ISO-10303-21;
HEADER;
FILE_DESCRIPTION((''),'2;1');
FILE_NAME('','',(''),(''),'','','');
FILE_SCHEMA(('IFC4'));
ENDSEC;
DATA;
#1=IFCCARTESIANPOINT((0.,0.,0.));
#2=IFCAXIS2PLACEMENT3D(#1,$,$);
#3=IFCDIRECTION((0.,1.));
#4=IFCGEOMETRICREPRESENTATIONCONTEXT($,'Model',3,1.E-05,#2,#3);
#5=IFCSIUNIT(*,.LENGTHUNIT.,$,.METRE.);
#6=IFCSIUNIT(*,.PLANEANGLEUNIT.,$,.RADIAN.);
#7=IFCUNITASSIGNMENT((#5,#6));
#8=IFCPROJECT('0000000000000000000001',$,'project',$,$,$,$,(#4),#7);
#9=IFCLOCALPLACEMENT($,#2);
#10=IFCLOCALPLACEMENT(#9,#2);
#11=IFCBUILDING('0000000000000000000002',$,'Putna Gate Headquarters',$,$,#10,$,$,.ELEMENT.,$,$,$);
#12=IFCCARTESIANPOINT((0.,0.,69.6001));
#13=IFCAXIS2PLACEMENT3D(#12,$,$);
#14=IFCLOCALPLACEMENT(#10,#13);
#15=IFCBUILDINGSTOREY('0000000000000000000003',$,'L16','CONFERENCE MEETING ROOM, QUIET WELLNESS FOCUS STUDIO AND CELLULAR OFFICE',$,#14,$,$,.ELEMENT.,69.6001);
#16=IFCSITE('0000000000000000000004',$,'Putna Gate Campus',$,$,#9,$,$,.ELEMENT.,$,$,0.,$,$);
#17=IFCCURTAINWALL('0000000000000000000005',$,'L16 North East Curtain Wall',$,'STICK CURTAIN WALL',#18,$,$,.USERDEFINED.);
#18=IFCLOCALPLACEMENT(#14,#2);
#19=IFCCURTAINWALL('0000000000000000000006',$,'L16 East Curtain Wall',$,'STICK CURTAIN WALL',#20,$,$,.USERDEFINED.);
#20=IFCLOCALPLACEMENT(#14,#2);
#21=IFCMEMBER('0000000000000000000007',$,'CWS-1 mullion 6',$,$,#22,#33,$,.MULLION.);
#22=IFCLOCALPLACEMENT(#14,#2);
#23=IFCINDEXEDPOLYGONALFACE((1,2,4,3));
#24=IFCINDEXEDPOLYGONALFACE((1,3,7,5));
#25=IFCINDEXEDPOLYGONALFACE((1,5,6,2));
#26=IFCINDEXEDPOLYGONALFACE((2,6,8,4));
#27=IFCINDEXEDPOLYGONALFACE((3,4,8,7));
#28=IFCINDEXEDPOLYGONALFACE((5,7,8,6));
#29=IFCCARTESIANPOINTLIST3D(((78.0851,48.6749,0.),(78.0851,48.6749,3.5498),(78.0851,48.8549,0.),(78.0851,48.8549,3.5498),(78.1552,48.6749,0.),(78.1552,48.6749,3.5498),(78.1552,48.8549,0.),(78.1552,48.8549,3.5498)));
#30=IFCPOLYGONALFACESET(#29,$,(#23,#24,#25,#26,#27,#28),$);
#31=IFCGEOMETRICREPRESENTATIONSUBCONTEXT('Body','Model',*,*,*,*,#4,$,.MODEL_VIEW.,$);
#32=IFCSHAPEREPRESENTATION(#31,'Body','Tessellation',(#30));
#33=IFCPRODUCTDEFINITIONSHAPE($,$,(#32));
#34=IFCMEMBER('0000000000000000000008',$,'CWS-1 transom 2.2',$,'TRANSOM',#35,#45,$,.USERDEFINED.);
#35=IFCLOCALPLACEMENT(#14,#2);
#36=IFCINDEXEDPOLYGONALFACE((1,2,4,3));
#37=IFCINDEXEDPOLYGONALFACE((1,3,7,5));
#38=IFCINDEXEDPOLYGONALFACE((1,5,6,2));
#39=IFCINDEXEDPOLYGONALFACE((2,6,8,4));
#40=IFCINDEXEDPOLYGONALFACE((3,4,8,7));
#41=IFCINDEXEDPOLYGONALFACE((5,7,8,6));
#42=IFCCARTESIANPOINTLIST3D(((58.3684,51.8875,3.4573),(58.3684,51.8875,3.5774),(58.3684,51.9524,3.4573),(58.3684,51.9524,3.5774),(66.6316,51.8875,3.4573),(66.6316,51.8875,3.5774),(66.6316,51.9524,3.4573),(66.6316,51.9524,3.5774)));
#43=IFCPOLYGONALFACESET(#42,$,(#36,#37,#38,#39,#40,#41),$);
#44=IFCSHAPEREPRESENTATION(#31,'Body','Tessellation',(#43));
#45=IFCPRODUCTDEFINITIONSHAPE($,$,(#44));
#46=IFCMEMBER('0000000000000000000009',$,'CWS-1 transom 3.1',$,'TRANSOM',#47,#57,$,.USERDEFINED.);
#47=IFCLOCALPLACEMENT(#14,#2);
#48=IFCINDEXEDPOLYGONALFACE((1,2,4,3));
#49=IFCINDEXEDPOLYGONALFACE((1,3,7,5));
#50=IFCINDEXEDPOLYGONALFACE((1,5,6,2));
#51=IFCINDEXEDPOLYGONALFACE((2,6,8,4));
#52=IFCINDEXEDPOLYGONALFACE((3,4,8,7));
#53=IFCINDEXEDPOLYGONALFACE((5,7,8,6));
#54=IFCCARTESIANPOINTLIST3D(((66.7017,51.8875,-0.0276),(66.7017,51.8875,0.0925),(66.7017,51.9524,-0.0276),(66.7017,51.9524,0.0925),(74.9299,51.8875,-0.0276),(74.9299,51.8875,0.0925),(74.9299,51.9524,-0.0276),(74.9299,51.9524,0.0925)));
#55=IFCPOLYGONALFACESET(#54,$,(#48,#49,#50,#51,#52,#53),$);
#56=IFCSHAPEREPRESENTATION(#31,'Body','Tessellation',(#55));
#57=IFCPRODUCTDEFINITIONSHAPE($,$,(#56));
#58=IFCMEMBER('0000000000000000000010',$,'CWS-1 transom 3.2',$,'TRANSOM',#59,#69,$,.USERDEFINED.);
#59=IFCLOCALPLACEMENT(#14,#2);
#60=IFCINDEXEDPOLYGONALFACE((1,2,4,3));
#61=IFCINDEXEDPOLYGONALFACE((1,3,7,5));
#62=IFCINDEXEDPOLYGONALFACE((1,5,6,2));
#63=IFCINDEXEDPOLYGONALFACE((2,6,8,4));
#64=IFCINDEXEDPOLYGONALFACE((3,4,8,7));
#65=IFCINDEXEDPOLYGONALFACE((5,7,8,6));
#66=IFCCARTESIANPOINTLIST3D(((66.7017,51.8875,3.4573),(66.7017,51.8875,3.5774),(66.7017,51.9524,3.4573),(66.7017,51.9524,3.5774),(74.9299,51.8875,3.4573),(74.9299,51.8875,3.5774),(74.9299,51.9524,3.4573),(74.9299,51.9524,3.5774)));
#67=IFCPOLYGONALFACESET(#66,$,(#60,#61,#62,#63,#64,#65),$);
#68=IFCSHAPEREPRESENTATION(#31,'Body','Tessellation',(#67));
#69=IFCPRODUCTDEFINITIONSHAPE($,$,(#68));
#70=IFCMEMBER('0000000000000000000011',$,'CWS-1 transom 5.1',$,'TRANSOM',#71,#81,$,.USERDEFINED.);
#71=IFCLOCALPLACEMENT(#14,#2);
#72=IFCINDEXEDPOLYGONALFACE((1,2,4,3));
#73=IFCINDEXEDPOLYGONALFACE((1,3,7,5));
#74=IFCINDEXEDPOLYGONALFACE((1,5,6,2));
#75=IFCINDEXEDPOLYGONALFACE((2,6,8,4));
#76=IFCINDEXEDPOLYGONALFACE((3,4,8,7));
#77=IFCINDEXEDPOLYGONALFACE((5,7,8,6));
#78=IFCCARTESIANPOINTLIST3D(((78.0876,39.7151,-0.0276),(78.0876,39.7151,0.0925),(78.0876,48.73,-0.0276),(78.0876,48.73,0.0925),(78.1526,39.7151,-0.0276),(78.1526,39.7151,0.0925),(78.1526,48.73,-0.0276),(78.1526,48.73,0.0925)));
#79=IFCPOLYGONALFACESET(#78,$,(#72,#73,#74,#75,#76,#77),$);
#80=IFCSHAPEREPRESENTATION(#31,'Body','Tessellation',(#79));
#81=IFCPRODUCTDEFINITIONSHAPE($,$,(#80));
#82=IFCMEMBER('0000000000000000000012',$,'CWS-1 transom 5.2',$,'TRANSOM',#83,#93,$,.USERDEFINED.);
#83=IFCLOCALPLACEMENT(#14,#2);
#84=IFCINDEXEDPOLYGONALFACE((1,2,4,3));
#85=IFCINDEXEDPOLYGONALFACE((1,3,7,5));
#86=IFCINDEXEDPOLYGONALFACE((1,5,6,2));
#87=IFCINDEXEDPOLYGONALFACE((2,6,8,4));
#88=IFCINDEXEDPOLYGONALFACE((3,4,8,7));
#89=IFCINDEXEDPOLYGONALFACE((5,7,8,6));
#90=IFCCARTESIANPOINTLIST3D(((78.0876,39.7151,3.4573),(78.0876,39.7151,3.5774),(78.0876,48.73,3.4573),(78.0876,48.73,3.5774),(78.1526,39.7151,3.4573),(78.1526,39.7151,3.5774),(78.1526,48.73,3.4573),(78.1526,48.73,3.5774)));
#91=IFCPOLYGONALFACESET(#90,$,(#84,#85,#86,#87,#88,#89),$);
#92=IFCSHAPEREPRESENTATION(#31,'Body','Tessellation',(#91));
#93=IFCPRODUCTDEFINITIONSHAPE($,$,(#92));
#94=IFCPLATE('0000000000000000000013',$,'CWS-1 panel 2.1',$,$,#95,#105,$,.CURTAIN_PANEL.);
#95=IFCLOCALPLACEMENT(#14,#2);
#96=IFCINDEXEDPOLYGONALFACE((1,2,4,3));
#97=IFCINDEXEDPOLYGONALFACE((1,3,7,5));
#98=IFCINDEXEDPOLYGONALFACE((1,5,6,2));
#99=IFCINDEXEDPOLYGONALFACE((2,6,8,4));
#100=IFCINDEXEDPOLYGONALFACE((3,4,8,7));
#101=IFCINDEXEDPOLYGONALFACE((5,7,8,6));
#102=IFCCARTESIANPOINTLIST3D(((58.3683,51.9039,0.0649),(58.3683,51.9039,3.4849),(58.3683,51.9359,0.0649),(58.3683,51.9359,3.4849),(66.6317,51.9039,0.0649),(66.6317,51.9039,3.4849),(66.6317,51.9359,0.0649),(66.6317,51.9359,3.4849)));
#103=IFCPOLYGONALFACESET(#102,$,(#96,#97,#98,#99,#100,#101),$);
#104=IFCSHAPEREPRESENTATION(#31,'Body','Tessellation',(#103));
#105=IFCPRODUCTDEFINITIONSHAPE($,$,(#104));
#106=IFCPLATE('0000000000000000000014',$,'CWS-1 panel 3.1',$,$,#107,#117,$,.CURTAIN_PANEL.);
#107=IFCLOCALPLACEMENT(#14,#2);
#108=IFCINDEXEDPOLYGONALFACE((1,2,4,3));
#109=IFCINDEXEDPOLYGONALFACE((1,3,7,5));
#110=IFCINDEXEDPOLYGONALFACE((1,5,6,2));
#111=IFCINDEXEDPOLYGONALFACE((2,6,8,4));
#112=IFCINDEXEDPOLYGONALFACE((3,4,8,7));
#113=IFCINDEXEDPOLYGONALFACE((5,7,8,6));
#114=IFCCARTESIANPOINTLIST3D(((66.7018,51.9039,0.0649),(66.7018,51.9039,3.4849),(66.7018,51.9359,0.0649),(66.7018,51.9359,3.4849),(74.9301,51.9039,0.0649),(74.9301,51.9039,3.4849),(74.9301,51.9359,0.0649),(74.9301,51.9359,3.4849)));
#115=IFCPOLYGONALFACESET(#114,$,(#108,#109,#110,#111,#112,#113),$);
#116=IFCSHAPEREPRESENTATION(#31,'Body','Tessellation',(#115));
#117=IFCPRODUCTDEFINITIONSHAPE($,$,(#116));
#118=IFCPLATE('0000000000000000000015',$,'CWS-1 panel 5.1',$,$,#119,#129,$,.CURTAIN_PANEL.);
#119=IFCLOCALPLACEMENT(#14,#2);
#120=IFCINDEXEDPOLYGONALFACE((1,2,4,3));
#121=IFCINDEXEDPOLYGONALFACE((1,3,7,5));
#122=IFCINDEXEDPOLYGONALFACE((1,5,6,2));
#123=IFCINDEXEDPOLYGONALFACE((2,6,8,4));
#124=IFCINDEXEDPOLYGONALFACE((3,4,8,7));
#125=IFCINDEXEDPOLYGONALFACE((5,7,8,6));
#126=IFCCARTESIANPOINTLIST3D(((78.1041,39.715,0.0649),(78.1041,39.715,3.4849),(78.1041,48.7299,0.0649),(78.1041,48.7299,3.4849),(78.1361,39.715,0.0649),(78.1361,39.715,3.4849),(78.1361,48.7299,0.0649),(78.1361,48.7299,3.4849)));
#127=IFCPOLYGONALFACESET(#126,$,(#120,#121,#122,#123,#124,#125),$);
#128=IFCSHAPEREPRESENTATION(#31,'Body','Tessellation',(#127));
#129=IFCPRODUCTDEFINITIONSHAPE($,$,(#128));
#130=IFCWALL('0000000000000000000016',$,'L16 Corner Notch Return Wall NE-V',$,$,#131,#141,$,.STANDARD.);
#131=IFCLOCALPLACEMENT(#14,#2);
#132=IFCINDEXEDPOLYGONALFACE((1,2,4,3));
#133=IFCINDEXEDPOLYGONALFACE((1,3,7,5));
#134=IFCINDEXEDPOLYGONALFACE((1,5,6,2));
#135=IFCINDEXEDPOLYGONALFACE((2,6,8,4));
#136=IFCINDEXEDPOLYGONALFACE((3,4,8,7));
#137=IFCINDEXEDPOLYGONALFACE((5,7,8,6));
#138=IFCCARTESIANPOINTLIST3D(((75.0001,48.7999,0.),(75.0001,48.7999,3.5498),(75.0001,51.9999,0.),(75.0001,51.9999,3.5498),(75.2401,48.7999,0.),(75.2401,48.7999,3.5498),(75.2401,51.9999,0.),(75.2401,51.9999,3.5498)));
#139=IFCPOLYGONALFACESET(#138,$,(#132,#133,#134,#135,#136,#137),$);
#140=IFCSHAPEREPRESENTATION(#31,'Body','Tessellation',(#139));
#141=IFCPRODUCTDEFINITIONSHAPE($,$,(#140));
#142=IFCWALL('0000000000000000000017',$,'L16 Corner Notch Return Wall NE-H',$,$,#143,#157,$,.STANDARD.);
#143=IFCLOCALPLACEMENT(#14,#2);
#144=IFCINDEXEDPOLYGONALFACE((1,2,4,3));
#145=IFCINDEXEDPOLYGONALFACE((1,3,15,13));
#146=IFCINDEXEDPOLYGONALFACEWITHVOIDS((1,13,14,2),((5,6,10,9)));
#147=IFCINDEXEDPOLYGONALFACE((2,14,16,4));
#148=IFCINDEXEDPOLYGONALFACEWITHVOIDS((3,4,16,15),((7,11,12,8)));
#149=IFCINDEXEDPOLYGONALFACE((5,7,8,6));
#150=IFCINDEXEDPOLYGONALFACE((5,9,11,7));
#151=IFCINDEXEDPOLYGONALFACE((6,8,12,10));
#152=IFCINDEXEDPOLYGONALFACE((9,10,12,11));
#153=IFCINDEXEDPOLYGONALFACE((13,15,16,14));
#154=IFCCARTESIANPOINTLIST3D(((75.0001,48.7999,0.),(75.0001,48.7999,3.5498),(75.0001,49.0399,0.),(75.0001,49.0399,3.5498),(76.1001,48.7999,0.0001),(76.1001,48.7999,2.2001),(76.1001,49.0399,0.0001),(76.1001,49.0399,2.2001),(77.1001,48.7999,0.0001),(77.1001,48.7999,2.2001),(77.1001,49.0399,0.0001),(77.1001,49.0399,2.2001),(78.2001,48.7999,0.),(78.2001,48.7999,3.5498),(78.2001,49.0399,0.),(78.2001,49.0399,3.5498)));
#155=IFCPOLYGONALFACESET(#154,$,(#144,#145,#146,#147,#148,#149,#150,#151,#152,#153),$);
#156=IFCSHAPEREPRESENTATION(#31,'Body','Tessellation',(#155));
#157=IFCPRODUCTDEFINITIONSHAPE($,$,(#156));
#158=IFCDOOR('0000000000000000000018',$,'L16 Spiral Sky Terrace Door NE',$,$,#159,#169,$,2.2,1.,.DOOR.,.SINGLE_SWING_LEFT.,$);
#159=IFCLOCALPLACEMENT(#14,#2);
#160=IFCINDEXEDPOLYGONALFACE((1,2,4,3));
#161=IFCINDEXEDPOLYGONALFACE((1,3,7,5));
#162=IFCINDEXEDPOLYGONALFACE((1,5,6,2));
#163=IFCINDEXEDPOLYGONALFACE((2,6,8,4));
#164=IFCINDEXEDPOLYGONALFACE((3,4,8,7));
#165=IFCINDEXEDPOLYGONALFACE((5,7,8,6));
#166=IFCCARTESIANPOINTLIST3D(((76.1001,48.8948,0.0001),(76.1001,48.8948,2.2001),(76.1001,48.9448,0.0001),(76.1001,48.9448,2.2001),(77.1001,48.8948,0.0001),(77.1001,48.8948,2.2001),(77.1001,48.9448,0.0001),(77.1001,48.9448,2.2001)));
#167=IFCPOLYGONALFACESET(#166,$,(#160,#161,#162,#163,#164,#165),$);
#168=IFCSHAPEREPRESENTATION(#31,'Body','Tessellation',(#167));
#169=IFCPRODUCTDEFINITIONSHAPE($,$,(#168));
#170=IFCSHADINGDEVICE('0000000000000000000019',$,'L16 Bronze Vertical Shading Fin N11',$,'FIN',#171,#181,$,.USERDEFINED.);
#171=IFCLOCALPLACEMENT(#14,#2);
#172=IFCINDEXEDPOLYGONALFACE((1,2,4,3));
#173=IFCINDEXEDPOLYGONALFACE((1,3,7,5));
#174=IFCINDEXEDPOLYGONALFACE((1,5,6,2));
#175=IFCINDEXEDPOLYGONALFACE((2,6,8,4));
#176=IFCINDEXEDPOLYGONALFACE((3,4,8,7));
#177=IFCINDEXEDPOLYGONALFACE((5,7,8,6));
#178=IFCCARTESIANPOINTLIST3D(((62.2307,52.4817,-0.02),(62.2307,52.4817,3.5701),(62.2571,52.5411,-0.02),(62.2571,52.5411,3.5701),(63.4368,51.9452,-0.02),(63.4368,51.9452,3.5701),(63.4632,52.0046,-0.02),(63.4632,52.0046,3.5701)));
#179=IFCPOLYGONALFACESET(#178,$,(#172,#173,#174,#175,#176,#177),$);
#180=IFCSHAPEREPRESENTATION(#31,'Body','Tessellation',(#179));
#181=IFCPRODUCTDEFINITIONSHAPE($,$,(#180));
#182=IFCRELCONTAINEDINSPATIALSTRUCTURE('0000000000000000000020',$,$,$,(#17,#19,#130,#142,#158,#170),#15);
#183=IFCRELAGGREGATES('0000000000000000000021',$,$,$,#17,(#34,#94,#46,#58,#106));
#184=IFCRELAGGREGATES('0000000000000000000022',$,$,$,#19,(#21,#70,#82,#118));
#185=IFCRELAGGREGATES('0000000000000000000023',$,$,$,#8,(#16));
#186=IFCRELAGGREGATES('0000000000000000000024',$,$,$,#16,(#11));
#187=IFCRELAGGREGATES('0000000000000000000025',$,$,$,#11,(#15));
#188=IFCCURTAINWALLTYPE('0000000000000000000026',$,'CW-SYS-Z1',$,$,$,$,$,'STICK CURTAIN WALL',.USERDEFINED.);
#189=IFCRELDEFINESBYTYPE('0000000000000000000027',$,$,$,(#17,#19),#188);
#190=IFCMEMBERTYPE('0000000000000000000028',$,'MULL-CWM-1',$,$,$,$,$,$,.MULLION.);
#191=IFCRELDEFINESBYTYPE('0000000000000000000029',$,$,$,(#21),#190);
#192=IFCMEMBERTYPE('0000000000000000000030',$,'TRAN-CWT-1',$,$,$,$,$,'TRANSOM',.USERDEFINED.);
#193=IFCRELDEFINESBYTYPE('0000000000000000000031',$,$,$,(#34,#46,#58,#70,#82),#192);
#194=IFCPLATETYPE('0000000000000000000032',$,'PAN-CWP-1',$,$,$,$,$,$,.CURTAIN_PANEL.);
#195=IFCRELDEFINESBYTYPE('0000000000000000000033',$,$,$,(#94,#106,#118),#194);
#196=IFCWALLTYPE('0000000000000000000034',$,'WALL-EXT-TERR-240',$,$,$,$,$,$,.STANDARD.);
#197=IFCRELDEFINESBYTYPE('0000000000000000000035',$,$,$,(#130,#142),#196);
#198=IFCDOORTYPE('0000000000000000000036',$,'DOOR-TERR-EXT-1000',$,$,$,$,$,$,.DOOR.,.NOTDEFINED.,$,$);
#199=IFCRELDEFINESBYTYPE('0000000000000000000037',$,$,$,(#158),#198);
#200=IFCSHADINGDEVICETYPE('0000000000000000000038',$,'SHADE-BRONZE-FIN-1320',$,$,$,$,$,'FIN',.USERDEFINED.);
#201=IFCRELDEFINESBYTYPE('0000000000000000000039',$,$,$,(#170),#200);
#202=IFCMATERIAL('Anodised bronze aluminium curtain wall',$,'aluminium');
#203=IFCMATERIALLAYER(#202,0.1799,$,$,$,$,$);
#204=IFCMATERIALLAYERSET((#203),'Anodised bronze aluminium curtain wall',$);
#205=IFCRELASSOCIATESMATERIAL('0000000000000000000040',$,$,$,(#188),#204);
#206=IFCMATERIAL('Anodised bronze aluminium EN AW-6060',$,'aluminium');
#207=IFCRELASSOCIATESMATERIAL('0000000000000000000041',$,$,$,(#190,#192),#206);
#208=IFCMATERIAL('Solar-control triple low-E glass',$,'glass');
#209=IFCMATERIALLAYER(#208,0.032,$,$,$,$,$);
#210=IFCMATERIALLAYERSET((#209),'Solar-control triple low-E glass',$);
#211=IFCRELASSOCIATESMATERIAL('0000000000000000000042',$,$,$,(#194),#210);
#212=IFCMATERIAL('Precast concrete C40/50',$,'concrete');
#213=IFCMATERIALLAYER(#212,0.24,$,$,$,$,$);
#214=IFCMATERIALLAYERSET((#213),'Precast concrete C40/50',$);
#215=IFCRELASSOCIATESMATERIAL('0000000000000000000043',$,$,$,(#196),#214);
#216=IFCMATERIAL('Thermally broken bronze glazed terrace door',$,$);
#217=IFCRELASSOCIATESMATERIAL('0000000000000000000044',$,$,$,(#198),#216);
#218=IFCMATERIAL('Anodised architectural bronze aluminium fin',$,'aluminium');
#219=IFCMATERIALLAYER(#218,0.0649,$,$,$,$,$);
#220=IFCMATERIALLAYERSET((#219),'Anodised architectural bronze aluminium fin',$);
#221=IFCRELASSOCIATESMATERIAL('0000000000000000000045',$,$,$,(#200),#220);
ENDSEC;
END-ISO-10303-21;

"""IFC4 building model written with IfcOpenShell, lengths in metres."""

from ifc_helpers import new_model, si_unit, direction, frame, frame_2d, origin, origin_2d, place, context, subcontext, project, spatial, rectangle, extrude, material, layer, layer_set, material_profile, profile_set, type_object, element, fill, aggregate, save


model = new_model("IFC4")

# Units and contexts
model_context = context("Model", 3, precision=1e-05, world=origin(), true_north=direction((0.0, 1.0)))
body_context = subcontext(model_context, "Body", "Model", "MODEL_VIEW")
ifc_project = project(units=[si_unit("LENGTHUNIT", "METRE"), si_unit("PLANEANGLEUNIT", "RADIAN")], contexts=[model_context])

# Site, building, storey
site_placement = place(None, origin())
site = spatial("IfcSite", under=ifc_project, at=site_placement, Name="Putna Gate Campus", CompositionType="ELEMENT", RefElevation=0.0)
building_placement = place(site_placement, origin())
building = spatial("IfcBuilding", under=site, at=building_placement, Name="Putna Gate Headquarters", CompositionType="ELEMENT")
storey_placement = place(building_placement, frame((0.0, 0.0, 69.6001)))
storey = spatial("IfcBuildingStorey", under=building, at=storey_placement, Name="L16", Description="CONFERENCE MEETING ROOM, QUIET WELLNESS FOCUS STUDIO AND CELLULAR OFFICE", CompositionType="ELEMENT", Elevation=69.6001)

# Curtain walls, member
ifc_material_1 = material(Name="Anodised bronze aluminium curtain wall", Category="aluminium")
ifc_layer_1 = layer(ifc_material_1, 0.1799)
ifc_layer_set_1 = layer_set([ifc_layer_1], Name="Anodised bronze aluminium curtain wall")
curtain_wall_type = type_object("IfcCurtainWallType", Name="CW-SYS-Z1", ElementType="STICK CURTAIN WALL", PredefinedType="USERDEFINED", material=ifc_layer_set_1)
curtain_wall_1_placement = place(storey_placement, origin())
curtain_wall_1 = element("IfcCurtainWall", 1, at=curtain_wall_1_placement, inside=storey, type_object=curtain_wall_type, Name="L16 North East Curtain Wall", ObjectType="STICK CURTAIN WALL", PredefinedType="USERDEFINED")
ifc_material_2 = material(Name="Anodised bronze aluminium EN AW-6060", Category="aluminium")
ifc_material_profile_1 = material_profile(ifc_material_2, rectangle(XDim=0.0701, YDim=0.1799, at=origin_2d()), Name="Anodised bronze aluminium EN AW-6060")
ifc_profile_set_1 = profile_set([ifc_material_profile_1], Name="Anodised bronze aluminium EN AW-6060")
member_type_1 = type_object("IfcMemberType", Name="MULL-CWM-1", PredefinedType="MULLION", material=ifc_profile_set_1)
curtain_wall_2_placement = place(storey_placement, origin())
curtain_wall_2 = element("IfcCurtainWall", 2, at=curtain_wall_2_placement, inside=storey, type_object=curtain_wall_type, Name="L16 East Curtain Wall", ObjectType="STICK CURTAIN WALL", PredefinedType="USERDEFINED")
member_1_placement = place(storey_placement, frame((78.1201, 48.7649, 0.0), z_axis=(0.0, 0.0, 1.0), x_axis=(-1.0, 0.0, 0.0)))
member_1 = element("IfcMember", 3, at=member_1_placement, type_object=member_type_1, Name="CWS-1 mullion 6", PredefinedType="MULLION", context=body_context, shape_type="SweptSolid", body=[
    extrude(rectangle(XDim=0.0701, YDim=0.1799, at=origin_2d()), origin(), (0.0, 0.0, 1.0), 3.5498),
])

# Members
ifc_material_profile_2 = material_profile(ifc_material_2, rectangle(XDim=0.0649, YDim=0.1201, at=origin_2d()), Name="Anodised bronze aluminium EN AW-6060")
ifc_profile_set_2 = profile_set([ifc_material_profile_2], Name="Anodised bronze aluminium EN AW-6060")
member_type_2 = type_object("IfcMemberType", Name="TRAN-CWT-1", ElementType="TRANSOM", PredefinedType="USERDEFINED", material=ifc_profile_set_2)
member_2_placement = place(storey_placement, frame((58.3684, 51.9199, 3.5173), z_axis=(1.0, 0.0, 0.0), x_axis=(0.0, 1.0, 0.0)))
member_2 = element("IfcMember", 4, at=member_2_placement, type_object=member_type_2, Name="CWS-1 transom 2.2", ObjectType="TRANSOM", PredefinedType="USERDEFINED", context=body_context, shape_type="SweptSolid", body=[
    extrude(rectangle(XDim=0.0649, YDim=0.1201, at=origin_2d()), origin(), (0.0, 0.0, 1.0), 8.2632),
])
member_3_placement = place(storey_placement, frame((66.7017, 51.9199, 0.0325), z_axis=(1.0, 0.0, 0.0), x_axis=(0.0, 1.0, 0.0)))
member_3 = element("IfcMember", 5, at=member_3_placement, type_object=member_type_2, Name="CWS-1 transom 3.1", ObjectType="TRANSOM", PredefinedType="USERDEFINED", context=body_context, shape_type="SweptSolid", body=[
    extrude(rectangle(XDim=0.0649, YDim=0.1201, at=origin_2d()), origin(), (0.0, 0.0, 1.0), 8.2283),
])
member_4_placement = place(storey_placement, frame((66.7017, 51.9199, 3.5173), z_axis=(1.0, 0.0, 0.0), x_axis=(0.0, 1.0, 0.0)))
member_4 = element("IfcMember", 6, at=member_4_placement, type_object=member_type_2, Name="CWS-1 transom 3.2", ObjectType="TRANSOM", PredefinedType="USERDEFINED", context=body_context, shape_type="SweptSolid", body=[
    extrude(rectangle(XDim=0.0649, YDim=0.1201, at=origin_2d()), origin(), (0.0, 0.0, 1.0), 8.2283),
])
member_5_placement = place(storey_placement, frame((78.1201, 39.7151, 0.0325), z_axis=(0.0, 1.0, 0.0), x_axis=(-1.0, 0.0, 0.0)))
member_5 = element("IfcMember", 7, at=member_5_placement, type_object=member_type_2, Name="CWS-1 transom 5.1", ObjectType="TRANSOM", PredefinedType="USERDEFINED", context=body_context, shape_type="SweptSolid", body=[
    extrude(rectangle(XDim=0.0649, YDim=0.1201, at=origin_2d()), origin(), (0.0, 0.0, 1.0), 9.0149),
])
member_6_placement = place(storey_placement, frame((78.1201, 39.7151, 3.5173), z_axis=(0.0, 1.0, 0.0), x_axis=(-1.0, 0.0, 0.0)))
member_6 = element("IfcMember", 8, at=member_6_placement, type_object=member_type_2, Name="CWS-1 transom 5.2", ObjectType="TRANSOM", PredefinedType="USERDEFINED", context=body_context, shape_type="SweptSolid", body=[
    extrude(rectangle(XDim=0.0649, YDim=0.1201, at=origin_2d()), origin(), (0.0, 0.0, 1.0), 9.0149),
])

# Plates
ifc_material_3 = material(Name="Solar-control triple low-E glass", Category="glass")
ifc_layer_2 = layer(ifc_material_3, 0.032)
ifc_layer_set_2 = layer_set([ifc_layer_2], Name="Solar-control triple low-E glass")
plate_type = type_object("IfcPlateType", Name="PAN-CWP-1", PredefinedType="CURTAIN_PANEL", material=ifc_layer_set_2)
plate_1_placement = place(storey_placement, frame((62.5, 51.9199, 0.0649), z_axis=(0.0, 0.0, 1.0), x_axis=(1.0, 0.0, 0.0)))
plate_1 = element("IfcPlate", 9, at=plate_1_placement, type_object=plate_type, Name="CWS-1 panel 2.1", PredefinedType="CURTAIN_PANEL", context=body_context, shape_type="SweptSolid", body=[
    extrude(rectangle(XDim=8.2634, YDim=0.032, at=origin_2d()), origin(), (0.0, 0.0, 1.0), 3.4199),
])
plate_2_placement = place(storey_placement, frame((70.8159, 51.9199, 0.0649), z_axis=(0.0, 0.0, 1.0), x_axis=(1.0, 0.0, 0.0)))
plate_2 = element("IfcPlate", 10, at=plate_2_placement, type_object=plate_type, Name="CWS-1 panel 3.1", PredefinedType="CURTAIN_PANEL", context=body_context, shape_type="SweptSolid", body=[
    extrude(rectangle(XDim=8.2283, YDim=0.032, at=origin_2d()), origin(), (0.0, 0.0, 1.0), 3.4199),
])
aggregate(curtain_wall_1, [member_2, plate_1, member_3, member_4, plate_2])
plate_3_placement = place(storey_placement, frame((78.1201, 44.2224, 0.0649), z_axis=(0.0, 0.0, 1.0), x_axis=(0.0, 1.0, 0.0)))
plate_3 = element("IfcPlate", 11, at=plate_3_placement, type_object=plate_type, Name="CWS-1 panel 5.1", PredefinedType="CURTAIN_PANEL", context=body_context, shape_type="SweptSolid", body=[
    extrude(rectangle(XDim=9.0149, YDim=0.032, at=origin_2d()), origin(), (0.0, 0.0, 1.0), 3.4199),
])
aggregate(curtain_wall_2, [member_1, member_5, member_6, plate_3])

# Wall
ifc_material_4 = material(Name="Precast concrete C40/50", Category="concrete")
ifc_layer_3 = layer(ifc_material_4, 0.24)
ifc_layer_set_3 = layer_set([ifc_layer_3], Name="Precast concrete C40/50")
wall_type = type_object("IfcWallType", Name="WALL-EXT-TERR-240", PredefinedType="STANDARD", material=ifc_layer_set_3)
wall_1_placement = place(storey_placement, frame((75.1201, 52.0, 0.0), z_axis=(0.0, 0.0, 1.0), x_axis=(0.0, -1.0, 0.0)))
element("IfcWall", 12, at=wall_1_placement, inside=storey, type_object=wall_type, Name="L16 Corner Notch Return Wall NE-V", PredefinedType="STANDARD", context=body_context, shape_type="SweptSolid", body=[
    extrude(rectangle(XDim=3.2, YDim=0.24, at=frame_2d((1.6001, 0.0))), origin(), (0.0, 0.0, 1.0), 3.5498),
])

# Wall, opening, door
wall_2_placement = place(storey_placement, frame((75.0, 48.9199, 0.0), z_axis=(0.0, 0.0, 1.0), x_axis=(1.0, 0.0, 0.0)))
wall_2 = element("IfcWall", 13, at=wall_2_placement, inside=storey, type_object=wall_type, Name="L16 Corner Notch Return Wall NE-H", PredefinedType="STANDARD", context=body_context, shape_type="SweptSolid", body=[
    extrude(rectangle(XDim=3.2, YDim=0.24, at=frame_2d((1.6001, 0.0))), origin(), (0.0, 0.0, 1.0), 3.5498),
])
opening_placement = place(wall_2_placement, frame((1.1001, 0.0, 0.0)))
opening = element("IfcOpeningElement", 14, at=opening_placement, cuts=wall_2, PredefinedType="OPENING", context=body_context, shape_type="SweptSolid", body=[
    extrude(rectangle(XDim=1.0, YDim=2.2, at=frame_2d((0.5, 1.1001))), frame((0.0, 0.1299, 0.0), z_axis=(0.0, -1.0, 0.0), x_axis=(1.0, 0.0, 0.0)), (0.0, 0.0, 1.0), 0.26),
])
ifc_material_5 = material(Name="Thermally broken bronze glazed terrace door")
door_type = type_object("IfcDoorType", Name="DOOR-TERR-EXT-1000", OperationType="NOTDEFINED", PredefinedType="DOOR", material=ifc_material_5)
door_placement = place(opening_placement, origin())
door = element("IfcDoor", 15, at=door_placement, inside=storey, type_object=door_type, Name="L16 Spiral Sky Terrace Door NE", OperationType="SINGLE_SWING_LEFT", OverallHeight=2.2, OverallWidth=1.0, PredefinedType="DOOR", context=body_context, shape_type="SweptSolid", body=[
    extrude(rectangle(XDim=1.0, YDim=2.2, at=frame_2d((0.5, 1.1001))), frame((0.0, 0.0249, 0.0), z_axis=(0.0, -1.0, 0.0), x_axis=(1.0, 0.0, 0.0)), (0.0, 0.0, 1.0), 0.05),
])
fill(opening, door)

# Shading device
ifc_material_6 = material(Name="Anodised architectural bronze aluminium fin", Category="aluminium")
ifc_layer_4 = layer(ifc_material_6, 0.0649)
ifc_layer_set_4 = layer_set([ifc_layer_4], Name="Anodised architectural bronze aluminium fin")
shading_device_type = type_object("IfcShadingDeviceType", Name="SHADE-BRONZE-FIN-1320", ElementType="FIN", PredefinedType="USERDEFINED", material=ifc_layer_set_4)
for number, where, z_axis, x_axis, name in (
    (16, (62.8469, 52.2432, -0.02), (0.0, 0.0, 1.0), (-0.913687, 0.406418, 0.0), "L16 Bronze Vertical Shading Fin N11"),
):
    element("IfcShadingDevice", number, at=place(storey_placement, frame(where, z_axis=z_axis, x_axis=x_axis)), inside=storey, type_object=shading_device_type, Name=name, ObjectType="FIN", PredefinedType="USERDEFINED", context=body_context, shape_type="SweptSolid", body=[
        extrude(rectangle(XDim=1.3201, YDim=0.0649, at=origin_2d()), origin(), (0.0, 0.0, 1.0), 3.5901),
    ])

save(model, "model.ifc")
